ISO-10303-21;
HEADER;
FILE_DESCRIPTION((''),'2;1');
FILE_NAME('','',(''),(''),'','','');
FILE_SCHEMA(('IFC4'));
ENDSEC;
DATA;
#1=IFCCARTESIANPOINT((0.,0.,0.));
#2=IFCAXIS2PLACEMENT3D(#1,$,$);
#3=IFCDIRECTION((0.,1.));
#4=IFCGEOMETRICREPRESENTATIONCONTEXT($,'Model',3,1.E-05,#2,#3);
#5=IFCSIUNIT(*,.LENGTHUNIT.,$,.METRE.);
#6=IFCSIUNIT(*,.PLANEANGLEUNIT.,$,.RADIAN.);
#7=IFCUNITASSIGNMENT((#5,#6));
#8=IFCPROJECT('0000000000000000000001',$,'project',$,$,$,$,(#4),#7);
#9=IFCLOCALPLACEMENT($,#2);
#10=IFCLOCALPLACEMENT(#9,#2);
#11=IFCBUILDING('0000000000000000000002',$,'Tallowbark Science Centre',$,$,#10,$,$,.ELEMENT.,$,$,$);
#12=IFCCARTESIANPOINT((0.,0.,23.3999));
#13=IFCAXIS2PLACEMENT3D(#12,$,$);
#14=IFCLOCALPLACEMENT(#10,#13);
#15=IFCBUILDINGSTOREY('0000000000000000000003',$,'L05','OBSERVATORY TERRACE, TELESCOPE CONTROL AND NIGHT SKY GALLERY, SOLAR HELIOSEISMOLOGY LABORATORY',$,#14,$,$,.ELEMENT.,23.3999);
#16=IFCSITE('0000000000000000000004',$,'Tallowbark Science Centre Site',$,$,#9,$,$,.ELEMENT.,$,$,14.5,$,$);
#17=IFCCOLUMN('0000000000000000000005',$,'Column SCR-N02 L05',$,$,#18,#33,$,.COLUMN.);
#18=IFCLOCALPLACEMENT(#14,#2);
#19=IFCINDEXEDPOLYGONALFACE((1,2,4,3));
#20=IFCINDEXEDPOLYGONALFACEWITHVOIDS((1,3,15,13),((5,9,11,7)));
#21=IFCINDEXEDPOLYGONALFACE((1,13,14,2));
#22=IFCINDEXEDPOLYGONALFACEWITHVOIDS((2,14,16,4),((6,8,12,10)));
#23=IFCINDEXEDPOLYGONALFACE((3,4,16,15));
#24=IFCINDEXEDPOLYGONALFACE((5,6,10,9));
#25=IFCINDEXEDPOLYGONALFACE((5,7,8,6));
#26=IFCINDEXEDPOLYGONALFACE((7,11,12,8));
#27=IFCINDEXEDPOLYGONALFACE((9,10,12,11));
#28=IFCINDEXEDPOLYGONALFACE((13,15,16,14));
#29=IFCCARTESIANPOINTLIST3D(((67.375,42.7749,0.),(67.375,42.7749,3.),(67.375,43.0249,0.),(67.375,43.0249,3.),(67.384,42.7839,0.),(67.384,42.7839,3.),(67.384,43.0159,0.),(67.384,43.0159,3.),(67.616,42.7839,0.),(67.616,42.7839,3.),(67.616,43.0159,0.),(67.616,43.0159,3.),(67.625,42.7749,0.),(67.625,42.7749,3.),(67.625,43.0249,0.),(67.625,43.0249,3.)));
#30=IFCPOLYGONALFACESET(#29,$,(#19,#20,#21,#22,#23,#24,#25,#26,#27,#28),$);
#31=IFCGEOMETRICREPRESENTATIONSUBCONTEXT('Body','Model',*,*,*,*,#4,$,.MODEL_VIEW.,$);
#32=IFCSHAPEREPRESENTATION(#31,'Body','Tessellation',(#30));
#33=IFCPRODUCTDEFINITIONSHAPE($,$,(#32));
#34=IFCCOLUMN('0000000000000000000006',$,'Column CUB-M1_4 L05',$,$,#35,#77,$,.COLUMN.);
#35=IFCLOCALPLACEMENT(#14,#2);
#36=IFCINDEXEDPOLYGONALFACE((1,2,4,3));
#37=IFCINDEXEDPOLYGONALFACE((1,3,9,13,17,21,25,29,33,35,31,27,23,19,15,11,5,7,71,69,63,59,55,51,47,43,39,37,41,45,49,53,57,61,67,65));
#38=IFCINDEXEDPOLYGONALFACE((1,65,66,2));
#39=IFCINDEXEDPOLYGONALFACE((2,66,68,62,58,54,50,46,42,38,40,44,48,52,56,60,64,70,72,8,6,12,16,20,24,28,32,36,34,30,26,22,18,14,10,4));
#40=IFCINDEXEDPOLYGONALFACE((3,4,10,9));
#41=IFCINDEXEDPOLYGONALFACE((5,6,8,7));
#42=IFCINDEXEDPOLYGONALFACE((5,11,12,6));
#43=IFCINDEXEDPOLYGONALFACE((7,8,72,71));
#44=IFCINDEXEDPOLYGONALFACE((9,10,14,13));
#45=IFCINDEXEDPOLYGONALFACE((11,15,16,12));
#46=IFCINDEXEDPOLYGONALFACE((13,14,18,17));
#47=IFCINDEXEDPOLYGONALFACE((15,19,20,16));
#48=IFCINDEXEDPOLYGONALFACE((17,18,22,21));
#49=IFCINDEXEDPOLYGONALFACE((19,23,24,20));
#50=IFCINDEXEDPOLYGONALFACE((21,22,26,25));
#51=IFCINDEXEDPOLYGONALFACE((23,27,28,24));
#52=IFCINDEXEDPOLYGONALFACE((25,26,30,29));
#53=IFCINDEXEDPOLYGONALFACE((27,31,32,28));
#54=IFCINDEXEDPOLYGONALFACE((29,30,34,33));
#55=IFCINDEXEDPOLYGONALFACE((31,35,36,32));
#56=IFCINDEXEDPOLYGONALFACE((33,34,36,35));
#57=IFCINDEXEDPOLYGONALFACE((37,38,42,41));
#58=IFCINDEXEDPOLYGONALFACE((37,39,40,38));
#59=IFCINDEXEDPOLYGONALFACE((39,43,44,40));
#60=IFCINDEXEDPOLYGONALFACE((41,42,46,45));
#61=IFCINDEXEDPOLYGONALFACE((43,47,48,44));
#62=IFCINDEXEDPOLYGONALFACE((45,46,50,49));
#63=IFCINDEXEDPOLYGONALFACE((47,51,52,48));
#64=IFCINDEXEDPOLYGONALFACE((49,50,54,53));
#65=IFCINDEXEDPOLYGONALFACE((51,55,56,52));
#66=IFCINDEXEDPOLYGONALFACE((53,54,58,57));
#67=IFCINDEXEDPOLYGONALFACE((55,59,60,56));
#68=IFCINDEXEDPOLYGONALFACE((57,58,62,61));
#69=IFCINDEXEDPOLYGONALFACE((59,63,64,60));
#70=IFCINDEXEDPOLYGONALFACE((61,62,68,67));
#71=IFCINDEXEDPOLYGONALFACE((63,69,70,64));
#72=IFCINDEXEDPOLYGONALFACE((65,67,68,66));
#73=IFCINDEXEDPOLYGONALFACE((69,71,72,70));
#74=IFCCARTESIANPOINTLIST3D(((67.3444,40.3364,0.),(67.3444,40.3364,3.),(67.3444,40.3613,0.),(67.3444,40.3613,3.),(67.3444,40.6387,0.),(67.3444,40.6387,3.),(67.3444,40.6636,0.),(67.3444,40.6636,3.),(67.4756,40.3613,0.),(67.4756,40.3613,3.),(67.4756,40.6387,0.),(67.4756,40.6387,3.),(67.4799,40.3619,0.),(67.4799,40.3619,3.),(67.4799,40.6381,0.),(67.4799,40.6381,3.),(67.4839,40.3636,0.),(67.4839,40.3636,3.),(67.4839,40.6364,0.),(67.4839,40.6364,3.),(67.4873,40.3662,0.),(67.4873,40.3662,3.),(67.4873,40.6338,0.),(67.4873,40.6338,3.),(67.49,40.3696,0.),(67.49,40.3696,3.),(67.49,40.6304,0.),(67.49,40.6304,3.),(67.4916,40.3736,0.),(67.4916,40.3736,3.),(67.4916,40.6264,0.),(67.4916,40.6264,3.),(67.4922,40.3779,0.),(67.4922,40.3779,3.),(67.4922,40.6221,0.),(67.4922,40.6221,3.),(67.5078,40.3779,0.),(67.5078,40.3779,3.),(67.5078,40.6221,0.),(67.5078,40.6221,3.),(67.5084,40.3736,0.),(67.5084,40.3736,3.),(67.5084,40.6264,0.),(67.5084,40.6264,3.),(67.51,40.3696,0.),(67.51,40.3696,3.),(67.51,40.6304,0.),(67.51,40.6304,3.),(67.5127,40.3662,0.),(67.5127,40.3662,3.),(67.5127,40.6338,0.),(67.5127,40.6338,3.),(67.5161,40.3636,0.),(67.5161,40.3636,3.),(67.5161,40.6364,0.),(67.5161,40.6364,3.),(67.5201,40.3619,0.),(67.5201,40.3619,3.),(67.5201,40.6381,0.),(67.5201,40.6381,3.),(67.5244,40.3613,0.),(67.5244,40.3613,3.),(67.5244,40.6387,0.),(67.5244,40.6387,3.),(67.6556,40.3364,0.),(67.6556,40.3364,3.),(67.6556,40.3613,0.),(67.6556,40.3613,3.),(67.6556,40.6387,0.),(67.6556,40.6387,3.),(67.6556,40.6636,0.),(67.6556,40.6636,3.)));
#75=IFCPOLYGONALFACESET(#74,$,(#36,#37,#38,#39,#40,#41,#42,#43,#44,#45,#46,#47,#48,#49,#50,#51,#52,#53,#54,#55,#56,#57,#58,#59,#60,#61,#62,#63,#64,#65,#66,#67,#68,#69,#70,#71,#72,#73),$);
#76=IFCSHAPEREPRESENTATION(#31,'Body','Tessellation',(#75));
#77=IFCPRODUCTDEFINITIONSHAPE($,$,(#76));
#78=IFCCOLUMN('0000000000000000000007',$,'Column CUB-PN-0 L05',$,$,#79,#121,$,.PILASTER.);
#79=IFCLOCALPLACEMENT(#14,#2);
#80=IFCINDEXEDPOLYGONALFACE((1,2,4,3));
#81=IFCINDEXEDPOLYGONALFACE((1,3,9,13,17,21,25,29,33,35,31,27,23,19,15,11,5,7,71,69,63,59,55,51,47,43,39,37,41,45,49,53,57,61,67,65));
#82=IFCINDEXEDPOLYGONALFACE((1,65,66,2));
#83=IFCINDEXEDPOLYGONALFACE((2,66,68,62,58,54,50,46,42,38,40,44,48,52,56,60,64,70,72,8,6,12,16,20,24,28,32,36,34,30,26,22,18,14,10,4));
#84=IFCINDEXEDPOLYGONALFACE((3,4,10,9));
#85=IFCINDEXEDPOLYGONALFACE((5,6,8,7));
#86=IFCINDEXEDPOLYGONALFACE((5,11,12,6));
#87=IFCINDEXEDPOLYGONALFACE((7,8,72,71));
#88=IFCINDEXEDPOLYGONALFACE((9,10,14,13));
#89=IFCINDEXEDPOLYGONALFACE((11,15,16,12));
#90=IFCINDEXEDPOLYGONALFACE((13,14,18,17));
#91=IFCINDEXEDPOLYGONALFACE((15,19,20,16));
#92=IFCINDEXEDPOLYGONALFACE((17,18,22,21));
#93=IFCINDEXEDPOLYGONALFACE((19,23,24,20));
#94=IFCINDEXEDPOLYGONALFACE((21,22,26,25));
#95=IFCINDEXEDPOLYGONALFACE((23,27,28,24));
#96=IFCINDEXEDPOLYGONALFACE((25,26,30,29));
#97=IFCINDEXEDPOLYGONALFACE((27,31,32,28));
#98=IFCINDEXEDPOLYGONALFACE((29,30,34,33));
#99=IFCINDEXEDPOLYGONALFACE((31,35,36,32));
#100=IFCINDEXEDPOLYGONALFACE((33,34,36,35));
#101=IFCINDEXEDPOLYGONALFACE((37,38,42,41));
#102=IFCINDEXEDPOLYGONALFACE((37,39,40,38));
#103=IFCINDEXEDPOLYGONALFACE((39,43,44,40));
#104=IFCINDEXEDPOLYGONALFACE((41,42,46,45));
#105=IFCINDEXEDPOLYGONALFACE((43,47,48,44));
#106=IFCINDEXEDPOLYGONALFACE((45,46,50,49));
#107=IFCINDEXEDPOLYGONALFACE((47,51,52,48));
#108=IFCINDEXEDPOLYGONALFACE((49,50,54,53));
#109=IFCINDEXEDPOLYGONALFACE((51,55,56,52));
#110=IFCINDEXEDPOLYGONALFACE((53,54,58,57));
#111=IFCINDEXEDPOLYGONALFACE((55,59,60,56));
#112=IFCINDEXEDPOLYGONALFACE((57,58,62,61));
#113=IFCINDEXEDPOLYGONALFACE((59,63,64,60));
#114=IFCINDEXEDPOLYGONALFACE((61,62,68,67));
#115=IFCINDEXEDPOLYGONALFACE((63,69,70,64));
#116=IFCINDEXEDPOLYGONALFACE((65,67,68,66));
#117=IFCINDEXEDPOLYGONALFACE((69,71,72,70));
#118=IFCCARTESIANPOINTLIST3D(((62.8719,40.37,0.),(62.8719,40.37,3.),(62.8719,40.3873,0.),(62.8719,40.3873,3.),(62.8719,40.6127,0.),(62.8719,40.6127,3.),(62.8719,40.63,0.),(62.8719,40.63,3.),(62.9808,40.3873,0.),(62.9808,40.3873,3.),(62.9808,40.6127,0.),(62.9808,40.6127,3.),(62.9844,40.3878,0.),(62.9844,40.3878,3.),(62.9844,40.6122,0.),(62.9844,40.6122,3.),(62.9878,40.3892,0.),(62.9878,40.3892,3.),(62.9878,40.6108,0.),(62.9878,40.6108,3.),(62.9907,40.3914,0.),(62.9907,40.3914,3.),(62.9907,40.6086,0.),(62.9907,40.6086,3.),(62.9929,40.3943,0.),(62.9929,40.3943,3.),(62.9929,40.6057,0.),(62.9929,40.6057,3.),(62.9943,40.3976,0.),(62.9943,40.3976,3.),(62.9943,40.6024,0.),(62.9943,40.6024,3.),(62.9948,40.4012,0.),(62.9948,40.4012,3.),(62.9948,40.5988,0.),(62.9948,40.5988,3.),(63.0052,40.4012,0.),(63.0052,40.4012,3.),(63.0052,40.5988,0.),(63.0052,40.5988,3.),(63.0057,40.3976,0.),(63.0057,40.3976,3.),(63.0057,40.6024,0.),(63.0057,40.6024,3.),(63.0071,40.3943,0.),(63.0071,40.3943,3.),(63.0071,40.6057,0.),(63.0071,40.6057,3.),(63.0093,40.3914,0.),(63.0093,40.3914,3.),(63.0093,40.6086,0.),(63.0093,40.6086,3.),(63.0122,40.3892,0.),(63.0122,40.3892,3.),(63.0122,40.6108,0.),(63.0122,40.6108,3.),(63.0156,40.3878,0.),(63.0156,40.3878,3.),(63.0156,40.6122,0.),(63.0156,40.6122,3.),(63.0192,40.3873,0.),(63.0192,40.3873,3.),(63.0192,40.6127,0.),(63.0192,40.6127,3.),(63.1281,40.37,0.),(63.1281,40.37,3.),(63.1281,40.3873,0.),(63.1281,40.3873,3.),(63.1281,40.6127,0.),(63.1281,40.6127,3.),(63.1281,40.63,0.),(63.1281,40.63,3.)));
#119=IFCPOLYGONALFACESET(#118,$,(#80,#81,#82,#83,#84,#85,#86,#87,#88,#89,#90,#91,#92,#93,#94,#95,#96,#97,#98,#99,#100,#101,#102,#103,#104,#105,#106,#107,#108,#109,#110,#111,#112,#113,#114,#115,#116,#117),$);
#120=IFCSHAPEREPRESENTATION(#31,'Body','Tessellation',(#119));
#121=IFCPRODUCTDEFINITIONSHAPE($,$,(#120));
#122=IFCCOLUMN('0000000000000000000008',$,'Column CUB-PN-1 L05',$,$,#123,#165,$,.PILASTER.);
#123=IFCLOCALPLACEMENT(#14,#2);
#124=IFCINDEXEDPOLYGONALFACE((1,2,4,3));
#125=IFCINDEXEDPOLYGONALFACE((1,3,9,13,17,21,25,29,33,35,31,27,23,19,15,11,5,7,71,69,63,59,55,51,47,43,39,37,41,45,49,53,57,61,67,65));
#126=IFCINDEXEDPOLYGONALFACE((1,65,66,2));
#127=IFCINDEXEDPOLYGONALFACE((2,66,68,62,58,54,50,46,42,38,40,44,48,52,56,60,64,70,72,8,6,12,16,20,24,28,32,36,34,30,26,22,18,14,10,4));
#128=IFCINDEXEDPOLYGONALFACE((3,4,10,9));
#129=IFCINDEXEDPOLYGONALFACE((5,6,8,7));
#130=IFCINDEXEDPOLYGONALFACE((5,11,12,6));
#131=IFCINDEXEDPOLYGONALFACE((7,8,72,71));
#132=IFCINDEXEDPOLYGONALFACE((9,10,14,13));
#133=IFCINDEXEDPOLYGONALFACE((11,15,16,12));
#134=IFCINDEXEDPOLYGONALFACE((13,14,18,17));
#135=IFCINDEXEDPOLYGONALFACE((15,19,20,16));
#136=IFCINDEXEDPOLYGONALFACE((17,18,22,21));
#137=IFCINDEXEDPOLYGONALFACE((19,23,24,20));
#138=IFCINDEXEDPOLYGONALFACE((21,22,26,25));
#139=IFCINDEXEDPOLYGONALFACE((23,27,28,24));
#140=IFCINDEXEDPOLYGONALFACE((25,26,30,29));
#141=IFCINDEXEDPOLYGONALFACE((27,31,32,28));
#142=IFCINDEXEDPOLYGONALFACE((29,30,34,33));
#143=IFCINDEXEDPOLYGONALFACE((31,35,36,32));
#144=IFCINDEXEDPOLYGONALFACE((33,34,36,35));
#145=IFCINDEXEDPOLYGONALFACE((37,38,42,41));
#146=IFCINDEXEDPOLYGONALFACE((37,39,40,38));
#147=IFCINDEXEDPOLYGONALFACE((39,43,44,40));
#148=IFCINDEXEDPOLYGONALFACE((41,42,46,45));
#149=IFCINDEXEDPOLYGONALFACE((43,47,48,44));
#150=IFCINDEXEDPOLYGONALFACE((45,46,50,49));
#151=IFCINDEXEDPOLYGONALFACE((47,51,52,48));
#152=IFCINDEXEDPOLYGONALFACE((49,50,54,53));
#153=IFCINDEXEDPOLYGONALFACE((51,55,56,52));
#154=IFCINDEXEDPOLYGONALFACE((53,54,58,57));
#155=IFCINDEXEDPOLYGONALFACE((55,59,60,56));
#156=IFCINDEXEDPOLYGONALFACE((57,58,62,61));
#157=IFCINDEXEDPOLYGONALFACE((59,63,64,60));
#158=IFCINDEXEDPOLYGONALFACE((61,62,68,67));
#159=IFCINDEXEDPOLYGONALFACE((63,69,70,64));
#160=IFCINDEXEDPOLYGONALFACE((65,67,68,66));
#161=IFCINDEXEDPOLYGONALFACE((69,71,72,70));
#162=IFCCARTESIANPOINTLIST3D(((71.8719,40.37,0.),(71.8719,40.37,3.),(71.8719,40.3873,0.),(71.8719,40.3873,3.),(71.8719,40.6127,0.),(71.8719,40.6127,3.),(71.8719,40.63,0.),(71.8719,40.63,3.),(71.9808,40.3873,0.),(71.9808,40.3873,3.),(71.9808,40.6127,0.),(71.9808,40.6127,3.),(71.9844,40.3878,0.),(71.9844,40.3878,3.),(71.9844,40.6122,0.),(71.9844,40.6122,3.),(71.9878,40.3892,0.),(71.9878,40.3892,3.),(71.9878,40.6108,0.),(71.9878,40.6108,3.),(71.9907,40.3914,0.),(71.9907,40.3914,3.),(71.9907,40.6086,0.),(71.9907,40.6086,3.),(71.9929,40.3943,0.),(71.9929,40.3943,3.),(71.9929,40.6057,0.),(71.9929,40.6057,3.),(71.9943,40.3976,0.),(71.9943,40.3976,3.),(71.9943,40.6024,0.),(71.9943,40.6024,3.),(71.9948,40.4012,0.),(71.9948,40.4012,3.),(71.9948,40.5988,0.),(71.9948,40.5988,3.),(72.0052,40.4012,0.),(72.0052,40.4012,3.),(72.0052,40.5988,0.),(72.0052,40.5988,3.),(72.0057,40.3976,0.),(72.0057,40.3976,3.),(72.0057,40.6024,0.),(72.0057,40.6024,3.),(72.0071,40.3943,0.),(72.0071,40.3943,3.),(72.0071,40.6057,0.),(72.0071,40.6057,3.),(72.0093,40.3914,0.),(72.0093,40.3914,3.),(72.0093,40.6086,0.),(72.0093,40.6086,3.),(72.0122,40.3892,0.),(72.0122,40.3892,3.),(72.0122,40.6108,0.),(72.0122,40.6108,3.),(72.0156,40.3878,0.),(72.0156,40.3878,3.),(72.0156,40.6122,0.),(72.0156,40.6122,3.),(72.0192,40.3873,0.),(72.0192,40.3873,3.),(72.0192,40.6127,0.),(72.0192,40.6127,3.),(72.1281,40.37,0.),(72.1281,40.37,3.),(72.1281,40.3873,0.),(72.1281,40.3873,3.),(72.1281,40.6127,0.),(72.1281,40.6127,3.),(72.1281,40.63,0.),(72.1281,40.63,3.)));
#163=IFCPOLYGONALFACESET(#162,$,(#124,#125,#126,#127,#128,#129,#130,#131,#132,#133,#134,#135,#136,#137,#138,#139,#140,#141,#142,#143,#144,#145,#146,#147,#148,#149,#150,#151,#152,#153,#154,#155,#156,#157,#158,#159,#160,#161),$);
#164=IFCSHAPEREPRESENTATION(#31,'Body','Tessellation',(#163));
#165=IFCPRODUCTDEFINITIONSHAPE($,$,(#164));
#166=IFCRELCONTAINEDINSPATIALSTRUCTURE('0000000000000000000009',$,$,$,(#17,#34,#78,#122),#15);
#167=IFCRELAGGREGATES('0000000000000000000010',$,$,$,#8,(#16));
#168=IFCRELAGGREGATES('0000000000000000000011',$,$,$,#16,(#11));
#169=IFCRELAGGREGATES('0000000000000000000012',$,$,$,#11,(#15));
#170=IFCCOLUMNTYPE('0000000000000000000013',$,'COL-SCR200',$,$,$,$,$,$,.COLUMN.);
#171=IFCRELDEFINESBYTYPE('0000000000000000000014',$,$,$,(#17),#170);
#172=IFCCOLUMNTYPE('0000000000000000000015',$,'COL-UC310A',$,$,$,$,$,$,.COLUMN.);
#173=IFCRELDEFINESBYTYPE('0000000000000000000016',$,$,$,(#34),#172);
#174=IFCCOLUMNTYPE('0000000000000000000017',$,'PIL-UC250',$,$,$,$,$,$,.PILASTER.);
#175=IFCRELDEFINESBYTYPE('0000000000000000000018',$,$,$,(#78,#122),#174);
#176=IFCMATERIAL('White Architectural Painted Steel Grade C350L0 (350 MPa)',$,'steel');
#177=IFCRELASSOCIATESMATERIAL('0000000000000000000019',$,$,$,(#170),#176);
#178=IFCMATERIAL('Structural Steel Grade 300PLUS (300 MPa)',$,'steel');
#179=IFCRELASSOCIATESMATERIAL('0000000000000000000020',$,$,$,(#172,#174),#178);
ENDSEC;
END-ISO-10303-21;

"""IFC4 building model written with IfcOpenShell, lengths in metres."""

from ifc_helpers import new_model, si_unit, direction, frame, origin, origin_2d, place, context, subcontext, project, spatial, hollow_rectangle, i_section, extrude, material, material_profile, profile_set, type_object, element, save


model = new_model("IFC4")

# Units and contexts
model_context = context("Model", 3, precision=1e-05, world=origin(), true_north=direction((0.0, 1.0)))
body_context = subcontext(model_context, "Body", "Model", "MODEL_VIEW")
ifc_project = project(units=[si_unit("LENGTHUNIT", "METRE"), si_unit("PLANEANGLEUNIT", "RADIAN")], contexts=[model_context])

# Site, building, storey
site_placement = place(None, origin())
site = spatial("IfcSite", under=ifc_project, at=site_placement, Name="Tallowbark Science Centre Site", CompositionType="ELEMENT", RefElevation=14.5)
building_placement = place(site_placement, origin())
building = spatial("IfcBuilding", under=site, at=building_placement, Name="Tallowbark Science Centre", CompositionType="ELEMENT")
storey_placement = place(building_placement, frame((0.0, 0.0, 23.3999)))
storey = spatial("IfcBuildingStorey", under=building, at=storey_placement, Name="L05", Description="OBSERVATORY TERRACE, TELESCOPE CONTROL AND NIGHT SKY GALLERY, SOLAR HELIOSEISMOLOGY LABORATORY", CompositionType="ELEMENT", Elevation=23.3999)

# Columns
ifc_material_1 = material(Name="White Architectural Painted Steel Grade C350L0 (350 MPa)", Category="steel")
ifc_material_profile_1 = material_profile(ifc_material_1, hollow_rectangle(XDim=0.25, YDim=0.25, WallThickness=0.009, at=origin_2d()), Name="250x250x9.0SHS")
ifc_profile_set_1 = profile_set([ifc_material_profile_1], Name="White Architectural Painted Steel Grade C350L0 (350 MPa)")
column_type_1 = type_object("IfcColumnType", Name="COL-SCR200", PredefinedType="COLUMN", material=ifc_profile_set_1)
column_1_placement = place(storey_placement, frame((67.5, 42.8999, 0.0), z_axis=(0.0, 0.0, 1.0), x_axis=(1.0, 0.0, 0.0)))
element("IfcColumn", 1, at=column_1_placement, inside=storey, type_object=column_type_1, Name="Column SCR-N02 L05", PredefinedType="COLUMN", context=body_context, shape_type="SweptSolid", body=[
    extrude(hollow_rectangle(XDim=0.25, YDim=0.25, WallThickness=0.009, at=origin_2d()), origin(), (0.0, 0.0, 1.0), 3.0),
])
ifc_material_2 = material(Name="Structural Steel Grade 300PLUS (300 MPa)", Category="steel")
ifc_material_profile_2 = material_profile(ifc_material_2, i_section(OverallWidth=0.3113, OverallDepth=0.3271, WebThickness=0.0156, FlangeThickness=0.0249, FilletRadius=0.0166, at=origin_2d()), Name="310UC158")
ifc_profile_set_2 = profile_set([ifc_material_profile_2], Name="Structural Steel Grade 300PLUS (300 MPa)")
column_type_2 = type_object("IfcColumnType", Name="COL-UC310A", PredefinedType="COLUMN", material=ifc_profile_set_2)
column_2_placement = place(storey_placement, frame((67.5, 40.5, 0.0), z_axis=(0.0, 0.0, 1.0), x_axis=(1.0, 0.0, 0.0)))
element("IfcColumn", 2, at=column_2_placement, inside=storey, type_object=column_type_2, Name="Column CUB-M1_4 L05", PredefinedType="COLUMN", context=body_context, shape_type="SweptSolid", body=[
    extrude(i_section(OverallWidth=0.3113, OverallDepth=0.3271, WebThickness=0.0156, FlangeThickness=0.0249, FilletRadius=0.0166, at=origin_2d()), origin(), (0.0, 0.0, 1.0), 3.0),
])
ifc_material_profile_3 = material_profile(ifc_material_2, i_section(OverallWidth=0.2561, OverallDepth=0.26, WebThickness=0.0105, FlangeThickness=0.0173, FilletRadius=0.0139, at=origin_2d()), Name="250UC89.5")
ifc_profile_set_3 = profile_set([ifc_material_profile_3], Name="Structural Steel Grade 300PLUS (300 MPa)")
column_type_3 = type_object("IfcColumnType", Name="PIL-UC250", PredefinedType="PILASTER", material=ifc_profile_set_3)
for number, where, z_axis, x_axis, name in (
    (3, (63.0, 40.5, 0.0), (0.0, 0.0, 1.0), (1.0, 0.0, 0.0), "Column CUB-PN-0 L05"),
    (4, (72.0, 40.5, 0.0), (0.0, 0.0, 1.0), (1.0, 0.0, 0.0), "Column CUB-PN-1 L05"),
):
    element("IfcColumn", number, at=place(storey_placement, frame(where, z_axis=z_axis, x_axis=x_axis)), inside=storey, type_object=column_type_3, Name=name, PredefinedType="PILASTER", context=body_context, shape_type="SweptSolid", body=[
        extrude(i_section(OverallWidth=0.2561, OverallDepth=0.26, WebThickness=0.0105, FlangeThickness=0.0173, FilletRadius=0.0139, at=origin_2d()), origin(), (0.0, 0.0, 1.0), 3.0),
    ])

save(model, "model.ifc")
